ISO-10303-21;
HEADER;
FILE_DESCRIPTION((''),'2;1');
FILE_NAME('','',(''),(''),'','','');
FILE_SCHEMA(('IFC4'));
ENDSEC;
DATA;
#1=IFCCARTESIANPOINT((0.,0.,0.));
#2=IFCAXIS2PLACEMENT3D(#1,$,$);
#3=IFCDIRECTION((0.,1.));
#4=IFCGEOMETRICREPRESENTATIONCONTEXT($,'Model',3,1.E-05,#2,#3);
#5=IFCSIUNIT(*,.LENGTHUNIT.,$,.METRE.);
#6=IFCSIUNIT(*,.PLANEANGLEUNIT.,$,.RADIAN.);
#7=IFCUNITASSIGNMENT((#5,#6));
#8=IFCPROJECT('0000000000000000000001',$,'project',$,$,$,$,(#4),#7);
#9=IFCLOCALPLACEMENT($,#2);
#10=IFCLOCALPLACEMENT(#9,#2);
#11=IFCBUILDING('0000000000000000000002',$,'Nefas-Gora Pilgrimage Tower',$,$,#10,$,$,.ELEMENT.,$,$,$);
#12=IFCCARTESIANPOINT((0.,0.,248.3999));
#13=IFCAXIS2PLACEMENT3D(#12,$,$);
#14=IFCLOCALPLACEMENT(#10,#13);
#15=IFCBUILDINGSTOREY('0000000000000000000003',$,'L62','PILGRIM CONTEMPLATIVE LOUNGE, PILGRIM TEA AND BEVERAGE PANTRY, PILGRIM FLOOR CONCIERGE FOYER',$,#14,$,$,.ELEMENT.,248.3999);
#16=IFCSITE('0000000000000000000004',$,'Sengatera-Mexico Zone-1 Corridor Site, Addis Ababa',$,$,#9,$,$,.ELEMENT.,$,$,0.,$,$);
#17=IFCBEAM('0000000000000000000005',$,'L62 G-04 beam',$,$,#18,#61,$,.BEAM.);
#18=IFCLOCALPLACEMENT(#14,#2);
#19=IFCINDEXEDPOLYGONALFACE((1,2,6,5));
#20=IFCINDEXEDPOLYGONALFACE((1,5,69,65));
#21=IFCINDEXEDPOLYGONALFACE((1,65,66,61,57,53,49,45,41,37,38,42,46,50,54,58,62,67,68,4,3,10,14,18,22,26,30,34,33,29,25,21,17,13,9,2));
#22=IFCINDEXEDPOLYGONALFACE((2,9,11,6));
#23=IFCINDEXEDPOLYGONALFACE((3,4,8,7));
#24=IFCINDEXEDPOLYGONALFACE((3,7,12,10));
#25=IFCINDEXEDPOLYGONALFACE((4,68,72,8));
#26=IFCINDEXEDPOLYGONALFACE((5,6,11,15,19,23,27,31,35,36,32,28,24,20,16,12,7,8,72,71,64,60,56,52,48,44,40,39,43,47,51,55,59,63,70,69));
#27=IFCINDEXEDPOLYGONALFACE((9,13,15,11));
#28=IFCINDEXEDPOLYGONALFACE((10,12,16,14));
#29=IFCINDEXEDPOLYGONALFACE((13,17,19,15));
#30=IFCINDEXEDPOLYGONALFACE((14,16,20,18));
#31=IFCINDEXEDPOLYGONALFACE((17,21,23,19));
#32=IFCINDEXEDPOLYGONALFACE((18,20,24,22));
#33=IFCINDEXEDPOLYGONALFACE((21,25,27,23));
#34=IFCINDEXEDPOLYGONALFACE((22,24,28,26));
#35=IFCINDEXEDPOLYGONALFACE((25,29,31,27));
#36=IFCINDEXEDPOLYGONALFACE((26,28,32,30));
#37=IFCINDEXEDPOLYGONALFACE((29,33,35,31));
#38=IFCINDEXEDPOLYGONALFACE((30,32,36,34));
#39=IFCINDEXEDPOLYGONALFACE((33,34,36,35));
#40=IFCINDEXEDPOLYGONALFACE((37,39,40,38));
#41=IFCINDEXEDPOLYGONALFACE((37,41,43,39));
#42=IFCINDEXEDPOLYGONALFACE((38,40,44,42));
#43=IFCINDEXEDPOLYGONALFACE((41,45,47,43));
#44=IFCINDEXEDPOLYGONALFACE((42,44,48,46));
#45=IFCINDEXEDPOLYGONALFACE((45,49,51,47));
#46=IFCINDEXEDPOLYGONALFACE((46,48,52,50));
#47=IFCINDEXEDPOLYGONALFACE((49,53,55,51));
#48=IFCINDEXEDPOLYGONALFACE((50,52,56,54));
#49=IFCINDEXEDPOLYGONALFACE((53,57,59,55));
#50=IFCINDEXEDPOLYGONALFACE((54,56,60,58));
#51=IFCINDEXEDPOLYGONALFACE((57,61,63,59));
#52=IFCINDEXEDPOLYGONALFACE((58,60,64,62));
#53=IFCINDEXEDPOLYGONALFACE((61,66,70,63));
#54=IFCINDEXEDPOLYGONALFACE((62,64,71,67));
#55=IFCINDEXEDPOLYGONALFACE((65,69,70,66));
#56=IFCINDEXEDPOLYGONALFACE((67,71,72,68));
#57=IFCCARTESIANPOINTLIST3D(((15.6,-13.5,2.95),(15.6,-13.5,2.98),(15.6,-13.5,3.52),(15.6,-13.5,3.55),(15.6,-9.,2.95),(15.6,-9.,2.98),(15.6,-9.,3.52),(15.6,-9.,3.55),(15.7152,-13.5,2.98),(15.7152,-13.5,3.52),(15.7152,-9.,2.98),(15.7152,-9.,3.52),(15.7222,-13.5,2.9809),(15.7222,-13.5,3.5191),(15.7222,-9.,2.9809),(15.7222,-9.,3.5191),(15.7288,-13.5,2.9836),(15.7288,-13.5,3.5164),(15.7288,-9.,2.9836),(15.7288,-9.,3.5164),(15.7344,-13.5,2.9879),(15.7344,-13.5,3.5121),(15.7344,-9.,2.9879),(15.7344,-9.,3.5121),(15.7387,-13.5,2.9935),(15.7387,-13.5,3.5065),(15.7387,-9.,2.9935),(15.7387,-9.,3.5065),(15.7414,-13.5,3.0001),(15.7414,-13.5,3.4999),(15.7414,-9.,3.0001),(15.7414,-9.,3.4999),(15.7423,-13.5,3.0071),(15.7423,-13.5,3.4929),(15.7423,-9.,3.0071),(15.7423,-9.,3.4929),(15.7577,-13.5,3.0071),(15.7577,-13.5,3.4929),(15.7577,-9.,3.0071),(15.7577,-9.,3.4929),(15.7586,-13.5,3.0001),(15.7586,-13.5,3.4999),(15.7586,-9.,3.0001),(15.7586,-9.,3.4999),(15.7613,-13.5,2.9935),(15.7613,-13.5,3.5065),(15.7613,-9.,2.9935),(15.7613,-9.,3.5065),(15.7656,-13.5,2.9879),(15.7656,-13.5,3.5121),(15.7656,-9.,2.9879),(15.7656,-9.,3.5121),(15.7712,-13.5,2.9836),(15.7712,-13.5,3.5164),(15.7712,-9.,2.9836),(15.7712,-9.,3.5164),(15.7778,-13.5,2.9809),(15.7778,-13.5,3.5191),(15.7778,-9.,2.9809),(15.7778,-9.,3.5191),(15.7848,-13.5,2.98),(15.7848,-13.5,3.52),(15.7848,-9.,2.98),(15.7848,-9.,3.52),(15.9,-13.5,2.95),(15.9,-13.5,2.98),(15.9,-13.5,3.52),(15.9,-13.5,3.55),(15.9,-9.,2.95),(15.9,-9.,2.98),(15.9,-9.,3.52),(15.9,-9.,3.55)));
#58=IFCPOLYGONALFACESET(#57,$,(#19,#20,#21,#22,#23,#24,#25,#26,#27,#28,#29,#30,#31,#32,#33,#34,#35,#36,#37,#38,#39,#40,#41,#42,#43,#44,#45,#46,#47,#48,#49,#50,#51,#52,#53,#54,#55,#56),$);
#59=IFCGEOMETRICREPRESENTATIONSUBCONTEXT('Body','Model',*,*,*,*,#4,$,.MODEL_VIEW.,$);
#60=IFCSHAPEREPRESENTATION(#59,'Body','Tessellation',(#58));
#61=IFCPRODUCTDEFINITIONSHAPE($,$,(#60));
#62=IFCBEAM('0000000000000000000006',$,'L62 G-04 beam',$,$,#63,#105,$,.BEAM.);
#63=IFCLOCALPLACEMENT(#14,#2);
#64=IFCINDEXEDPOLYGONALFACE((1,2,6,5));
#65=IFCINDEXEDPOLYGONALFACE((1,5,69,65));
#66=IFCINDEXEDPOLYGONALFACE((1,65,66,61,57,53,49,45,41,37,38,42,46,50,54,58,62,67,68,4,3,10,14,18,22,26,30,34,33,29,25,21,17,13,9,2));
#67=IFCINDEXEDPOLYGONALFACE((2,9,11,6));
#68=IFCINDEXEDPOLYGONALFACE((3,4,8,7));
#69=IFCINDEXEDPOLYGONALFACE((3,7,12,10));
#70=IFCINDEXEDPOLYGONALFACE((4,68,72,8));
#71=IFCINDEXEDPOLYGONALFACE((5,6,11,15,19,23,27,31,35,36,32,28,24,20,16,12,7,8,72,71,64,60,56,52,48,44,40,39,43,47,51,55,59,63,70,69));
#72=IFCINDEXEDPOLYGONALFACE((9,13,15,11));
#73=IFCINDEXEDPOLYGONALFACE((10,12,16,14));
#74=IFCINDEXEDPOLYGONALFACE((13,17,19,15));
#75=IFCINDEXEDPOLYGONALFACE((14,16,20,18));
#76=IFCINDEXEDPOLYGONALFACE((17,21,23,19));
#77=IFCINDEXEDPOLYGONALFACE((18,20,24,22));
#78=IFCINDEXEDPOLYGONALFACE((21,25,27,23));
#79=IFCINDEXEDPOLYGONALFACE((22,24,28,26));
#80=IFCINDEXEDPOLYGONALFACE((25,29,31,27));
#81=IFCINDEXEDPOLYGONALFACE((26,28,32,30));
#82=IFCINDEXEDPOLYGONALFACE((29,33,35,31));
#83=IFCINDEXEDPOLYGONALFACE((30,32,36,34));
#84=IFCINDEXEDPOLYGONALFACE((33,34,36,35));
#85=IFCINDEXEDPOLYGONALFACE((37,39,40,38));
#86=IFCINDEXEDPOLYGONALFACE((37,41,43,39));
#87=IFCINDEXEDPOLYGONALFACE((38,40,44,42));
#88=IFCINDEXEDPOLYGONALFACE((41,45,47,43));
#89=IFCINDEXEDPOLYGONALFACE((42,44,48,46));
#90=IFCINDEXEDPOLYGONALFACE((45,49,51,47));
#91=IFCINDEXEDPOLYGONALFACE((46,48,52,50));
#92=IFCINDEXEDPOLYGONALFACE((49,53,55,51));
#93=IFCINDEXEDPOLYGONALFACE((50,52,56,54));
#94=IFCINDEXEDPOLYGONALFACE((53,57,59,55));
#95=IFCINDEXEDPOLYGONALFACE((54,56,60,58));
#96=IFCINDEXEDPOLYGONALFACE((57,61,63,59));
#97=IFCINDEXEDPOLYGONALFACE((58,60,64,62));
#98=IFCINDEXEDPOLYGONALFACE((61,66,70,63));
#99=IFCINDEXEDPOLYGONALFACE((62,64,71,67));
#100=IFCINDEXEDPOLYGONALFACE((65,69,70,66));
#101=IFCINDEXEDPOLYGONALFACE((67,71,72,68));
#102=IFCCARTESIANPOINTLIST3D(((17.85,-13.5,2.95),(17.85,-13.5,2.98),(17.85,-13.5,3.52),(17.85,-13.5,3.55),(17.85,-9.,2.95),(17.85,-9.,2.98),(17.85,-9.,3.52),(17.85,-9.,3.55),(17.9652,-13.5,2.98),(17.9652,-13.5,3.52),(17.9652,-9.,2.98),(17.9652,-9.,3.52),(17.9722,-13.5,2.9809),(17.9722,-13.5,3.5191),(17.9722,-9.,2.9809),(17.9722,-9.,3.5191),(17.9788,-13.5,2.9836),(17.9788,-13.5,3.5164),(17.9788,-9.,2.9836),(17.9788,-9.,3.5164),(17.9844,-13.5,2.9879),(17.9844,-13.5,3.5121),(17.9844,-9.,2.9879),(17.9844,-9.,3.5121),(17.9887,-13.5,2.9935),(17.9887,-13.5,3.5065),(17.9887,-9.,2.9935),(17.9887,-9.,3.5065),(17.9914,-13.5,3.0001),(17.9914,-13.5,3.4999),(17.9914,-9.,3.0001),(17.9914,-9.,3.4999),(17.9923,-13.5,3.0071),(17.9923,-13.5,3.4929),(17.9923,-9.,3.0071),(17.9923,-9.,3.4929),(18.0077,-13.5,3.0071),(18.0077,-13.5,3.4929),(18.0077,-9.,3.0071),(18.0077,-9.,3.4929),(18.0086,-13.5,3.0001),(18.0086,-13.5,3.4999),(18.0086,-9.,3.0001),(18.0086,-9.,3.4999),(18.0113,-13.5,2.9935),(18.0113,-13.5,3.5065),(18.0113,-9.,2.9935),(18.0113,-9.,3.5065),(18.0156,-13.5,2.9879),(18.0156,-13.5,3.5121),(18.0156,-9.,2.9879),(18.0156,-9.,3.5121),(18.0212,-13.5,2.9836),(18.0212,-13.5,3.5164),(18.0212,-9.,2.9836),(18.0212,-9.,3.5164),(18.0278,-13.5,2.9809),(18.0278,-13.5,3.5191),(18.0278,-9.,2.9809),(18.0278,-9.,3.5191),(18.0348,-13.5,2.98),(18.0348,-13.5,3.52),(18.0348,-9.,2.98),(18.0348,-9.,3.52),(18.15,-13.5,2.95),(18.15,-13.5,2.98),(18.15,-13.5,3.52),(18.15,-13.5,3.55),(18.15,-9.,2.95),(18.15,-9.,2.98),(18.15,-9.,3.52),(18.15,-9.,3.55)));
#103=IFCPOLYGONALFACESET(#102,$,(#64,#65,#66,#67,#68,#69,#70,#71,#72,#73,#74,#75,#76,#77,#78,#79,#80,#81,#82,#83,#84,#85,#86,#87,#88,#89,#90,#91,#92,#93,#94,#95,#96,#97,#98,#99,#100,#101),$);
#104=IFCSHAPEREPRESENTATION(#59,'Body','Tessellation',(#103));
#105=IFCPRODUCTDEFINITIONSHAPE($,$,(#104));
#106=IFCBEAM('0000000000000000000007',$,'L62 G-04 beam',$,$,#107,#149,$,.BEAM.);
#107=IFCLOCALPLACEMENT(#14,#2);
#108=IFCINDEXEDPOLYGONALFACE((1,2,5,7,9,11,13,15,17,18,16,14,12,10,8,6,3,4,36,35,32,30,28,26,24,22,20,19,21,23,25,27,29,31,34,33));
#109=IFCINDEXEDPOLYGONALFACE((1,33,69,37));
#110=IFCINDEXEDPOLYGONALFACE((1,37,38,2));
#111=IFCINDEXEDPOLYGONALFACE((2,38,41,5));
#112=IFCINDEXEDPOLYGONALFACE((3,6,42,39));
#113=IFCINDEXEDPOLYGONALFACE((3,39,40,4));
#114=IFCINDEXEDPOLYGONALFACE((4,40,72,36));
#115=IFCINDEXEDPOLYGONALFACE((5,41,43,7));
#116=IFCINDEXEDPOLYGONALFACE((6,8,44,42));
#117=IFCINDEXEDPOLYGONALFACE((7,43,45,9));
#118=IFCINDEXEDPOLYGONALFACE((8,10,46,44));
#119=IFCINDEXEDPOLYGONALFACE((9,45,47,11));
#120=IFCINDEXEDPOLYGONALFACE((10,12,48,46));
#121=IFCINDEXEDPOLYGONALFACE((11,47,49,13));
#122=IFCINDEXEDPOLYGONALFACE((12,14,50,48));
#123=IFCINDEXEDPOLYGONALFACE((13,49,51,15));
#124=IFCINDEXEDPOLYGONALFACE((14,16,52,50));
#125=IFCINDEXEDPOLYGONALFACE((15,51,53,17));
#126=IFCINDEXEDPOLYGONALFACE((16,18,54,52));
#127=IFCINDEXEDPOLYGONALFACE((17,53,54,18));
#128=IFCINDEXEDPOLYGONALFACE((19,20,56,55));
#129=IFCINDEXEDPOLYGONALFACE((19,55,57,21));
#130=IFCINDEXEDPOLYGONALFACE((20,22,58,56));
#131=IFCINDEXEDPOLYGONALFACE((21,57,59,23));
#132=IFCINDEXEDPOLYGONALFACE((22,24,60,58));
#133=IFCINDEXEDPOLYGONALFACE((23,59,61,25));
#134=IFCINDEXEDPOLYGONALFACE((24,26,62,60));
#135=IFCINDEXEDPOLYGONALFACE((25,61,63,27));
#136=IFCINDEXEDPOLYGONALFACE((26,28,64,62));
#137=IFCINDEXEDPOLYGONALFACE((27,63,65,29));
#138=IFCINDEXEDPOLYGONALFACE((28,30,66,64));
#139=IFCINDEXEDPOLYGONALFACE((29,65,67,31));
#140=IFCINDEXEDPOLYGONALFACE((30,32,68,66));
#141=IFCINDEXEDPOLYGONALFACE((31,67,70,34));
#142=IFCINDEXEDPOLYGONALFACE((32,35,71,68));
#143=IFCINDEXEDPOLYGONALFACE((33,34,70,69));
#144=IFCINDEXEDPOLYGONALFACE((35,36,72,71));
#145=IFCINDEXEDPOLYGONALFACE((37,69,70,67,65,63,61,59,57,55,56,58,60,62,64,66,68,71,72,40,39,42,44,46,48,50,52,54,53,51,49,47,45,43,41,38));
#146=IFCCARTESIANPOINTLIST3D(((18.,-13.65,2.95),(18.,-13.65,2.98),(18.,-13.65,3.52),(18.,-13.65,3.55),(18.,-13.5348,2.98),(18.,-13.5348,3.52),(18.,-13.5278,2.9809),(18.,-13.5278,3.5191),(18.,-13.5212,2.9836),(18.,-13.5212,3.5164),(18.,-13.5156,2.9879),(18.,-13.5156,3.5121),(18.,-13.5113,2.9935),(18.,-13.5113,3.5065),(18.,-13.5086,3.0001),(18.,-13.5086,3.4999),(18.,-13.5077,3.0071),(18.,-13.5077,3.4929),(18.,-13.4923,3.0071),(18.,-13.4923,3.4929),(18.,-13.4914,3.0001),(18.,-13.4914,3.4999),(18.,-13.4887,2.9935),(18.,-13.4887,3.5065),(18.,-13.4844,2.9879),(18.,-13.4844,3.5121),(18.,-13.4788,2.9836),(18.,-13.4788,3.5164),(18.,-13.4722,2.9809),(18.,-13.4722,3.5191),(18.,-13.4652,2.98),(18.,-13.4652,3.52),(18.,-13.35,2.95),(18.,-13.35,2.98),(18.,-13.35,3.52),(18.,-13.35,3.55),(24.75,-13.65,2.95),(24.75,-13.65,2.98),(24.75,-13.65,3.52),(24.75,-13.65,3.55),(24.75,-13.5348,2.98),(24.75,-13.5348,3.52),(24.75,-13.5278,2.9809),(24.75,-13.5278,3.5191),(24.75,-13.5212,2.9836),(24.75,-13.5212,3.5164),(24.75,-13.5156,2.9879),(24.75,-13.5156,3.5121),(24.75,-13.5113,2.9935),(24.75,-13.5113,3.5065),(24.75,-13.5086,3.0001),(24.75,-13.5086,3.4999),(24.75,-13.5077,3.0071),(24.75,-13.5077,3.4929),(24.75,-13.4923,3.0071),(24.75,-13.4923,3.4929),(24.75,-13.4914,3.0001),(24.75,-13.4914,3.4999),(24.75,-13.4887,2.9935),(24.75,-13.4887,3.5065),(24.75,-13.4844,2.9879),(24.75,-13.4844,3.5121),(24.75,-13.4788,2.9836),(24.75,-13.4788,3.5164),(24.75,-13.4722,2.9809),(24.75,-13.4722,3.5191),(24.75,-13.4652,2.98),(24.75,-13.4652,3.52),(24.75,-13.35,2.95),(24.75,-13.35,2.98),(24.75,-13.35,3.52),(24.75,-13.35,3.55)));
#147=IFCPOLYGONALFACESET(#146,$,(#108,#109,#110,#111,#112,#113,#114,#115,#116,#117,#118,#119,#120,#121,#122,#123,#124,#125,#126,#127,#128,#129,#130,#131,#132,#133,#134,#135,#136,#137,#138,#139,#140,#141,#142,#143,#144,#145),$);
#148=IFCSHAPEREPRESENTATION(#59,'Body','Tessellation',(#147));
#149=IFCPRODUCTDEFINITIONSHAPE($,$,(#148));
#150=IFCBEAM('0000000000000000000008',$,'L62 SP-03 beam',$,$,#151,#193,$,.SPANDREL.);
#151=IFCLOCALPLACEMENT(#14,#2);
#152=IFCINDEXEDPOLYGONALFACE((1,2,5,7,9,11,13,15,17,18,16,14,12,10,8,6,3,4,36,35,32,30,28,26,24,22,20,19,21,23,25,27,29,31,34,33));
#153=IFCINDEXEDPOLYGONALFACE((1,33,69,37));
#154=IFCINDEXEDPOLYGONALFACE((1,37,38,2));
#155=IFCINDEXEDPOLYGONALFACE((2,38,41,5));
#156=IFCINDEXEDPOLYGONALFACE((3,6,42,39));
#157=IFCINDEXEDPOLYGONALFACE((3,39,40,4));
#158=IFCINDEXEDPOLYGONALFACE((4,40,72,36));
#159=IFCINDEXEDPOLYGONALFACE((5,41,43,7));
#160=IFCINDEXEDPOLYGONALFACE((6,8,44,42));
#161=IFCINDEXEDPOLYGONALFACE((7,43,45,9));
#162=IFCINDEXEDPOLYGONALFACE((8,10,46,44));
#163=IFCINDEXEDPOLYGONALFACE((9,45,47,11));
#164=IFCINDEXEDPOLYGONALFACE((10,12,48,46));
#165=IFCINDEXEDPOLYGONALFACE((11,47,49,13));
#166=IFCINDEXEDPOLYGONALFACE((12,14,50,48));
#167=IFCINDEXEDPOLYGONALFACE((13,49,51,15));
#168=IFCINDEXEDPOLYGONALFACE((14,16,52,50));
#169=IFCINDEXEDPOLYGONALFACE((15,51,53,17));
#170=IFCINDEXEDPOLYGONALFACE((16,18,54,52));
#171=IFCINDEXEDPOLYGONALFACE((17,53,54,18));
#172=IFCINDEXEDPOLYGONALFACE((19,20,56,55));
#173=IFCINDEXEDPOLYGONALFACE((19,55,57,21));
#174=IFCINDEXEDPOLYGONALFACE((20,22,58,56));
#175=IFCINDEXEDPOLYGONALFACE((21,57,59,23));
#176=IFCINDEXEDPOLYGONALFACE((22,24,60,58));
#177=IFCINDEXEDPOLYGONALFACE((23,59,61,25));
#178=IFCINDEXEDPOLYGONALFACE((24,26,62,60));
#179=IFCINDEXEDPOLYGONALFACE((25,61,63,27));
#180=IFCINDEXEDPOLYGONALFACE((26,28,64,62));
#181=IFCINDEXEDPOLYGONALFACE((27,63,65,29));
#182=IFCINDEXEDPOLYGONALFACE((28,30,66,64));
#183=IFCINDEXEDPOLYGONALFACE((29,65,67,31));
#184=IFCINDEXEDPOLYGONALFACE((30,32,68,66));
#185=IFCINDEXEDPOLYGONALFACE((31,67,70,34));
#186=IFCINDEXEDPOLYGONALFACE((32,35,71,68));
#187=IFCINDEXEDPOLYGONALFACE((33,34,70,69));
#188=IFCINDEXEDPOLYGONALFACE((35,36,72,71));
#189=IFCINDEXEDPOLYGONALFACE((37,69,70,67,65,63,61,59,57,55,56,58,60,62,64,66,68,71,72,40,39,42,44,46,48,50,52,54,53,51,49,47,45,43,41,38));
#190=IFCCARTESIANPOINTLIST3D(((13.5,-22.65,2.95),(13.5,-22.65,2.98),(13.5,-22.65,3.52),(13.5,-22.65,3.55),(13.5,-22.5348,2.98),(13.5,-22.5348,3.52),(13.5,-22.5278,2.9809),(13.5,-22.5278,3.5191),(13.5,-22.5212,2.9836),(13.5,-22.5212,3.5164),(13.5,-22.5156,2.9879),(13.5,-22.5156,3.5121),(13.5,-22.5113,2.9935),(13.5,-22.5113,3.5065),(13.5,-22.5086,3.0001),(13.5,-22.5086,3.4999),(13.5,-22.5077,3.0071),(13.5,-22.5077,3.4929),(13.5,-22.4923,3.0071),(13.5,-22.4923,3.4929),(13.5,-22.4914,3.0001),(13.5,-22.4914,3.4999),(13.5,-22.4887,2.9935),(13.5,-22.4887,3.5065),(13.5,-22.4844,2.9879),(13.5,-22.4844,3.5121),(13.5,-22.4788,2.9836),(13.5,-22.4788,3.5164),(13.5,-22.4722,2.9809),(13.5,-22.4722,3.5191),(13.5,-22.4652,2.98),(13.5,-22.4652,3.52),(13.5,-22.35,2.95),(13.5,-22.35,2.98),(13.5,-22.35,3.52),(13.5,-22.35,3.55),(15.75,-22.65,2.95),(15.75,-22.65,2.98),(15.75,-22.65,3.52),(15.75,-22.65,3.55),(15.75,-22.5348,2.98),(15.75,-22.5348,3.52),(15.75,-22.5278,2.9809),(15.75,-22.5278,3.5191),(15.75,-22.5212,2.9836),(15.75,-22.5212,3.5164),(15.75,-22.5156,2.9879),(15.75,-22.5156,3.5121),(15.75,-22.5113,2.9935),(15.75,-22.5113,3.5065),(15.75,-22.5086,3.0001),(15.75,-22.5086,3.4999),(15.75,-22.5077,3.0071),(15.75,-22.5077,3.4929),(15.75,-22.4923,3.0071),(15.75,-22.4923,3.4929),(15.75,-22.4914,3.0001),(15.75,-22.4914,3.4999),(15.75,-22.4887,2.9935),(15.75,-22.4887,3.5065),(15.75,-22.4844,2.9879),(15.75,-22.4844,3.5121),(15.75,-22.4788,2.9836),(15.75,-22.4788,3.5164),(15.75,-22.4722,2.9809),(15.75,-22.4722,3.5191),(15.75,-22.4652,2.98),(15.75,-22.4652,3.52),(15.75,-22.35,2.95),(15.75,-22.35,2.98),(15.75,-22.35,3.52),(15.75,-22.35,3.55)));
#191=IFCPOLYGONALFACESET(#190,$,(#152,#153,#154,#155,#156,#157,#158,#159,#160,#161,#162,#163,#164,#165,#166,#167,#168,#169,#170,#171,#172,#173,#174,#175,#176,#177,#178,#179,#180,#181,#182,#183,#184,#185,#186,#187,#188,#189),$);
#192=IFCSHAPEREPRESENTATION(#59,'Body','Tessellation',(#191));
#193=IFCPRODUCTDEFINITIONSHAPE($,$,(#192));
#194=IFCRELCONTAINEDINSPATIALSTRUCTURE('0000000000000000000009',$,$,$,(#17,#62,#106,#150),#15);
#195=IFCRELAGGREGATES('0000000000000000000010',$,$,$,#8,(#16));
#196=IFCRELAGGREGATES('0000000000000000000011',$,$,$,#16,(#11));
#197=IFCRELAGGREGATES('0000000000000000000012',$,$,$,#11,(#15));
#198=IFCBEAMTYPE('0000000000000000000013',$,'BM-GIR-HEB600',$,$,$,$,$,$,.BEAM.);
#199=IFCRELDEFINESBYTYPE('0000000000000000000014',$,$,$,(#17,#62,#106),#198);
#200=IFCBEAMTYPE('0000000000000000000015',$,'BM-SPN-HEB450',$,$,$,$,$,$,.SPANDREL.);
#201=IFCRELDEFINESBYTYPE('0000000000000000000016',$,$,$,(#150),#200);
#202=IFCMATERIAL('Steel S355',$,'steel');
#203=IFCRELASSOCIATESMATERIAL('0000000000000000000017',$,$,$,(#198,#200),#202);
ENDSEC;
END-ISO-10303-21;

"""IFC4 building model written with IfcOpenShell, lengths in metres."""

from ifc_helpers import new_model, si_unit, direction, frame, origin, origin_2d, place, context, subcontext, project, spatial, i_section, extrude, source, transform, mapped, material, material_profile, profile_set, type_object, element, save


model = new_model("IFC4")

# Units and contexts
model_context = context("Model", 3, precision=1e-05, world=origin(), true_north=direction((0.0, 1.0)))
body_context = subcontext(model_context, "Body", "Model", "MODEL_VIEW")
ifc_project = project(units=[si_unit("LENGTHUNIT", "METRE"), si_unit("PLANEANGLEUNIT", "RADIAN")], contexts=[model_context])

# Site, building, storey
site_placement = place(None, origin())
site = spatial("IfcSite", under=ifc_project, at=site_placement, Name="Sengatera-Mexico Zone-1 Corridor Site, Addis Ababa", CompositionType="ELEMENT", RefElevation=0.0)
building_placement = place(site_placement, origin())
building = spatial("IfcBuilding", under=site, at=building_placement, Name="Nefas-Gora Pilgrimage Tower", CompositionType="ELEMENT")
storey_placement = place(building_placement, frame((0.0, 0.0, 248.3999)))
storey = spatial("IfcBuildingStorey", under=building, at=storey_placement, Name="L62", Description="PILGRIM CONTEMPLATIVE LOUNGE, PILGRIM TEA AND BEVERAGE PANTRY, PILGRIM FLOOR CONCIERGE FOYER", CompositionType="ELEMENT", Elevation=248.3999)

# Beams
ifc_material_1 = material(Name="Steel S355", Category="steel")
ifc_material_profile_1 = material_profile(ifc_material_1, i_section(OverallWidth=0.3, OverallDepth=0.6001, WebThickness=0.0154, FlangeThickness=0.03, FilletRadius=0.0271, at=origin_2d()), Name="HEB 600")
ifc_profile_set_1 = profile_set([ifc_material_profile_1], Name="Steel S355")
beam_type_1 = type_object("IfcBeamType", Name="BM-GIR-HEB600", PredefinedType="BEAM", material=ifc_profile_set_1)
shared_shape_1 = source(origin(), body_context, "Body", "SweptSolid", [
    extrude(i_section(OverallWidth=0.3, OverallDepth=0.6001, WebThickness=0.0154, FlangeThickness=0.03, FilletRadius=0.0271, at=origin_2d()), origin(), (0.0, 0.0, 1.0), 4.5),
])
for number, where, z_axis, x_axis, name in (
    (1, (15.75, -13.5, 3.25), (0.0, 1.0, 0.0), (-1.0, 0.0, 0.0), "L62 G-04 beam"),
    (2, (18.0, -13.5, 3.25), (0.0, 1.0, 0.0), (-1.0, 0.0, 0.0), "L62 G-04 beam"),
):
    element("IfcBeam", number, at=place(storey_placement, frame(where, z_axis=z_axis, x_axis=x_axis)), inside=storey, type_object=beam_type_1, Name=name, PredefinedType="BEAM", context=body_context, shape_type="MappedRepresentation", body=[
        mapped(shared_shape_1, transform((0.0, 0.0, 0.0), x_axis=(1.0, 0.0, 0.0), y_axis=(0.0, 1.0, 0.0), z_axis=(0.0, 0.0, 1.0), scale=1.0)),
    ])
shared_shape_2 = source(origin(), body_context, "Body", "SweptSolid", [
    extrude(i_section(OverallWidth=0.3, OverallDepth=0.6001, WebThickness=0.0154, FlangeThickness=0.03, FilletRadius=0.0271, at=origin_2d()), origin(), (0.0, 0.0, 1.0), 6.75),
])
beam_1_placement = place(storey_placement, frame((18.0, -13.5, 3.25), z_axis=(1.0, 0.0, 0.0), x_axis=(0.0, 1.0, 0.0)))
element("IfcBeam", 3, at=beam_1_placement, inside=storey, type_object=beam_type_1, Name="L62 G-04 beam", PredefinedType="BEAM", context=body_context, shape_type="MappedRepresentation", body=[
    mapped(shared_shape_2, transform((0.0, 0.0, 0.0), x_axis=(1.0, 0.0, 0.0), y_axis=(0.0, 1.0, 0.0), z_axis=(0.0, 0.0, 1.0), scale=1.0)),
])
ifc_material_profile_2 = material_profile(ifc_material_1, i_section(OverallWidth=0.3, OverallDepth=0.6001, WebThickness=0.0154, FlangeThickness=0.03, FilletRadius=0.0271, at=origin_2d()), Name="HEB 600")
ifc_profile_set_2 = profile_set([ifc_material_profile_2], Name="Steel S355")
beam_type_2 = type_object("IfcBeamType", Name="BM-SPN-HEB450", PredefinedType="SPANDREL", material=ifc_profile_set_2)
shared_shape_3 = source(origin(), body_context, "Body", "SweptSolid", [
    extrude(i_section(OverallWidth=0.3, OverallDepth=0.6001, WebThickness=0.0154, FlangeThickness=0.03, FilletRadius=0.0271, at=origin_2d()), origin(), (0.0, 0.0, 1.0), 2.25),
])
beam_2_placement = place(storey_placement, frame((13.5, -22.5, 3.25), z_axis=(1.0, 0.0, 0.0), x_axis=(0.0, 1.0, 0.0)))
element("IfcBeam", 4, at=beam_2_placement, inside=storey, type_object=beam_type_2, Name="L62 SP-03 beam", PredefinedType="SPANDREL", context=body_context, shape_type="MappedRepresentation", body=[
    mapped(shared_shape_3, transform((0.0, 0.0, 0.0), x_axis=(1.0, 0.0, 0.0), y_axis=(0.0, 1.0, 0.0), z_axis=(0.0, 0.0, 1.0), scale=1.0)),
])

save(model, "model.ifc")
